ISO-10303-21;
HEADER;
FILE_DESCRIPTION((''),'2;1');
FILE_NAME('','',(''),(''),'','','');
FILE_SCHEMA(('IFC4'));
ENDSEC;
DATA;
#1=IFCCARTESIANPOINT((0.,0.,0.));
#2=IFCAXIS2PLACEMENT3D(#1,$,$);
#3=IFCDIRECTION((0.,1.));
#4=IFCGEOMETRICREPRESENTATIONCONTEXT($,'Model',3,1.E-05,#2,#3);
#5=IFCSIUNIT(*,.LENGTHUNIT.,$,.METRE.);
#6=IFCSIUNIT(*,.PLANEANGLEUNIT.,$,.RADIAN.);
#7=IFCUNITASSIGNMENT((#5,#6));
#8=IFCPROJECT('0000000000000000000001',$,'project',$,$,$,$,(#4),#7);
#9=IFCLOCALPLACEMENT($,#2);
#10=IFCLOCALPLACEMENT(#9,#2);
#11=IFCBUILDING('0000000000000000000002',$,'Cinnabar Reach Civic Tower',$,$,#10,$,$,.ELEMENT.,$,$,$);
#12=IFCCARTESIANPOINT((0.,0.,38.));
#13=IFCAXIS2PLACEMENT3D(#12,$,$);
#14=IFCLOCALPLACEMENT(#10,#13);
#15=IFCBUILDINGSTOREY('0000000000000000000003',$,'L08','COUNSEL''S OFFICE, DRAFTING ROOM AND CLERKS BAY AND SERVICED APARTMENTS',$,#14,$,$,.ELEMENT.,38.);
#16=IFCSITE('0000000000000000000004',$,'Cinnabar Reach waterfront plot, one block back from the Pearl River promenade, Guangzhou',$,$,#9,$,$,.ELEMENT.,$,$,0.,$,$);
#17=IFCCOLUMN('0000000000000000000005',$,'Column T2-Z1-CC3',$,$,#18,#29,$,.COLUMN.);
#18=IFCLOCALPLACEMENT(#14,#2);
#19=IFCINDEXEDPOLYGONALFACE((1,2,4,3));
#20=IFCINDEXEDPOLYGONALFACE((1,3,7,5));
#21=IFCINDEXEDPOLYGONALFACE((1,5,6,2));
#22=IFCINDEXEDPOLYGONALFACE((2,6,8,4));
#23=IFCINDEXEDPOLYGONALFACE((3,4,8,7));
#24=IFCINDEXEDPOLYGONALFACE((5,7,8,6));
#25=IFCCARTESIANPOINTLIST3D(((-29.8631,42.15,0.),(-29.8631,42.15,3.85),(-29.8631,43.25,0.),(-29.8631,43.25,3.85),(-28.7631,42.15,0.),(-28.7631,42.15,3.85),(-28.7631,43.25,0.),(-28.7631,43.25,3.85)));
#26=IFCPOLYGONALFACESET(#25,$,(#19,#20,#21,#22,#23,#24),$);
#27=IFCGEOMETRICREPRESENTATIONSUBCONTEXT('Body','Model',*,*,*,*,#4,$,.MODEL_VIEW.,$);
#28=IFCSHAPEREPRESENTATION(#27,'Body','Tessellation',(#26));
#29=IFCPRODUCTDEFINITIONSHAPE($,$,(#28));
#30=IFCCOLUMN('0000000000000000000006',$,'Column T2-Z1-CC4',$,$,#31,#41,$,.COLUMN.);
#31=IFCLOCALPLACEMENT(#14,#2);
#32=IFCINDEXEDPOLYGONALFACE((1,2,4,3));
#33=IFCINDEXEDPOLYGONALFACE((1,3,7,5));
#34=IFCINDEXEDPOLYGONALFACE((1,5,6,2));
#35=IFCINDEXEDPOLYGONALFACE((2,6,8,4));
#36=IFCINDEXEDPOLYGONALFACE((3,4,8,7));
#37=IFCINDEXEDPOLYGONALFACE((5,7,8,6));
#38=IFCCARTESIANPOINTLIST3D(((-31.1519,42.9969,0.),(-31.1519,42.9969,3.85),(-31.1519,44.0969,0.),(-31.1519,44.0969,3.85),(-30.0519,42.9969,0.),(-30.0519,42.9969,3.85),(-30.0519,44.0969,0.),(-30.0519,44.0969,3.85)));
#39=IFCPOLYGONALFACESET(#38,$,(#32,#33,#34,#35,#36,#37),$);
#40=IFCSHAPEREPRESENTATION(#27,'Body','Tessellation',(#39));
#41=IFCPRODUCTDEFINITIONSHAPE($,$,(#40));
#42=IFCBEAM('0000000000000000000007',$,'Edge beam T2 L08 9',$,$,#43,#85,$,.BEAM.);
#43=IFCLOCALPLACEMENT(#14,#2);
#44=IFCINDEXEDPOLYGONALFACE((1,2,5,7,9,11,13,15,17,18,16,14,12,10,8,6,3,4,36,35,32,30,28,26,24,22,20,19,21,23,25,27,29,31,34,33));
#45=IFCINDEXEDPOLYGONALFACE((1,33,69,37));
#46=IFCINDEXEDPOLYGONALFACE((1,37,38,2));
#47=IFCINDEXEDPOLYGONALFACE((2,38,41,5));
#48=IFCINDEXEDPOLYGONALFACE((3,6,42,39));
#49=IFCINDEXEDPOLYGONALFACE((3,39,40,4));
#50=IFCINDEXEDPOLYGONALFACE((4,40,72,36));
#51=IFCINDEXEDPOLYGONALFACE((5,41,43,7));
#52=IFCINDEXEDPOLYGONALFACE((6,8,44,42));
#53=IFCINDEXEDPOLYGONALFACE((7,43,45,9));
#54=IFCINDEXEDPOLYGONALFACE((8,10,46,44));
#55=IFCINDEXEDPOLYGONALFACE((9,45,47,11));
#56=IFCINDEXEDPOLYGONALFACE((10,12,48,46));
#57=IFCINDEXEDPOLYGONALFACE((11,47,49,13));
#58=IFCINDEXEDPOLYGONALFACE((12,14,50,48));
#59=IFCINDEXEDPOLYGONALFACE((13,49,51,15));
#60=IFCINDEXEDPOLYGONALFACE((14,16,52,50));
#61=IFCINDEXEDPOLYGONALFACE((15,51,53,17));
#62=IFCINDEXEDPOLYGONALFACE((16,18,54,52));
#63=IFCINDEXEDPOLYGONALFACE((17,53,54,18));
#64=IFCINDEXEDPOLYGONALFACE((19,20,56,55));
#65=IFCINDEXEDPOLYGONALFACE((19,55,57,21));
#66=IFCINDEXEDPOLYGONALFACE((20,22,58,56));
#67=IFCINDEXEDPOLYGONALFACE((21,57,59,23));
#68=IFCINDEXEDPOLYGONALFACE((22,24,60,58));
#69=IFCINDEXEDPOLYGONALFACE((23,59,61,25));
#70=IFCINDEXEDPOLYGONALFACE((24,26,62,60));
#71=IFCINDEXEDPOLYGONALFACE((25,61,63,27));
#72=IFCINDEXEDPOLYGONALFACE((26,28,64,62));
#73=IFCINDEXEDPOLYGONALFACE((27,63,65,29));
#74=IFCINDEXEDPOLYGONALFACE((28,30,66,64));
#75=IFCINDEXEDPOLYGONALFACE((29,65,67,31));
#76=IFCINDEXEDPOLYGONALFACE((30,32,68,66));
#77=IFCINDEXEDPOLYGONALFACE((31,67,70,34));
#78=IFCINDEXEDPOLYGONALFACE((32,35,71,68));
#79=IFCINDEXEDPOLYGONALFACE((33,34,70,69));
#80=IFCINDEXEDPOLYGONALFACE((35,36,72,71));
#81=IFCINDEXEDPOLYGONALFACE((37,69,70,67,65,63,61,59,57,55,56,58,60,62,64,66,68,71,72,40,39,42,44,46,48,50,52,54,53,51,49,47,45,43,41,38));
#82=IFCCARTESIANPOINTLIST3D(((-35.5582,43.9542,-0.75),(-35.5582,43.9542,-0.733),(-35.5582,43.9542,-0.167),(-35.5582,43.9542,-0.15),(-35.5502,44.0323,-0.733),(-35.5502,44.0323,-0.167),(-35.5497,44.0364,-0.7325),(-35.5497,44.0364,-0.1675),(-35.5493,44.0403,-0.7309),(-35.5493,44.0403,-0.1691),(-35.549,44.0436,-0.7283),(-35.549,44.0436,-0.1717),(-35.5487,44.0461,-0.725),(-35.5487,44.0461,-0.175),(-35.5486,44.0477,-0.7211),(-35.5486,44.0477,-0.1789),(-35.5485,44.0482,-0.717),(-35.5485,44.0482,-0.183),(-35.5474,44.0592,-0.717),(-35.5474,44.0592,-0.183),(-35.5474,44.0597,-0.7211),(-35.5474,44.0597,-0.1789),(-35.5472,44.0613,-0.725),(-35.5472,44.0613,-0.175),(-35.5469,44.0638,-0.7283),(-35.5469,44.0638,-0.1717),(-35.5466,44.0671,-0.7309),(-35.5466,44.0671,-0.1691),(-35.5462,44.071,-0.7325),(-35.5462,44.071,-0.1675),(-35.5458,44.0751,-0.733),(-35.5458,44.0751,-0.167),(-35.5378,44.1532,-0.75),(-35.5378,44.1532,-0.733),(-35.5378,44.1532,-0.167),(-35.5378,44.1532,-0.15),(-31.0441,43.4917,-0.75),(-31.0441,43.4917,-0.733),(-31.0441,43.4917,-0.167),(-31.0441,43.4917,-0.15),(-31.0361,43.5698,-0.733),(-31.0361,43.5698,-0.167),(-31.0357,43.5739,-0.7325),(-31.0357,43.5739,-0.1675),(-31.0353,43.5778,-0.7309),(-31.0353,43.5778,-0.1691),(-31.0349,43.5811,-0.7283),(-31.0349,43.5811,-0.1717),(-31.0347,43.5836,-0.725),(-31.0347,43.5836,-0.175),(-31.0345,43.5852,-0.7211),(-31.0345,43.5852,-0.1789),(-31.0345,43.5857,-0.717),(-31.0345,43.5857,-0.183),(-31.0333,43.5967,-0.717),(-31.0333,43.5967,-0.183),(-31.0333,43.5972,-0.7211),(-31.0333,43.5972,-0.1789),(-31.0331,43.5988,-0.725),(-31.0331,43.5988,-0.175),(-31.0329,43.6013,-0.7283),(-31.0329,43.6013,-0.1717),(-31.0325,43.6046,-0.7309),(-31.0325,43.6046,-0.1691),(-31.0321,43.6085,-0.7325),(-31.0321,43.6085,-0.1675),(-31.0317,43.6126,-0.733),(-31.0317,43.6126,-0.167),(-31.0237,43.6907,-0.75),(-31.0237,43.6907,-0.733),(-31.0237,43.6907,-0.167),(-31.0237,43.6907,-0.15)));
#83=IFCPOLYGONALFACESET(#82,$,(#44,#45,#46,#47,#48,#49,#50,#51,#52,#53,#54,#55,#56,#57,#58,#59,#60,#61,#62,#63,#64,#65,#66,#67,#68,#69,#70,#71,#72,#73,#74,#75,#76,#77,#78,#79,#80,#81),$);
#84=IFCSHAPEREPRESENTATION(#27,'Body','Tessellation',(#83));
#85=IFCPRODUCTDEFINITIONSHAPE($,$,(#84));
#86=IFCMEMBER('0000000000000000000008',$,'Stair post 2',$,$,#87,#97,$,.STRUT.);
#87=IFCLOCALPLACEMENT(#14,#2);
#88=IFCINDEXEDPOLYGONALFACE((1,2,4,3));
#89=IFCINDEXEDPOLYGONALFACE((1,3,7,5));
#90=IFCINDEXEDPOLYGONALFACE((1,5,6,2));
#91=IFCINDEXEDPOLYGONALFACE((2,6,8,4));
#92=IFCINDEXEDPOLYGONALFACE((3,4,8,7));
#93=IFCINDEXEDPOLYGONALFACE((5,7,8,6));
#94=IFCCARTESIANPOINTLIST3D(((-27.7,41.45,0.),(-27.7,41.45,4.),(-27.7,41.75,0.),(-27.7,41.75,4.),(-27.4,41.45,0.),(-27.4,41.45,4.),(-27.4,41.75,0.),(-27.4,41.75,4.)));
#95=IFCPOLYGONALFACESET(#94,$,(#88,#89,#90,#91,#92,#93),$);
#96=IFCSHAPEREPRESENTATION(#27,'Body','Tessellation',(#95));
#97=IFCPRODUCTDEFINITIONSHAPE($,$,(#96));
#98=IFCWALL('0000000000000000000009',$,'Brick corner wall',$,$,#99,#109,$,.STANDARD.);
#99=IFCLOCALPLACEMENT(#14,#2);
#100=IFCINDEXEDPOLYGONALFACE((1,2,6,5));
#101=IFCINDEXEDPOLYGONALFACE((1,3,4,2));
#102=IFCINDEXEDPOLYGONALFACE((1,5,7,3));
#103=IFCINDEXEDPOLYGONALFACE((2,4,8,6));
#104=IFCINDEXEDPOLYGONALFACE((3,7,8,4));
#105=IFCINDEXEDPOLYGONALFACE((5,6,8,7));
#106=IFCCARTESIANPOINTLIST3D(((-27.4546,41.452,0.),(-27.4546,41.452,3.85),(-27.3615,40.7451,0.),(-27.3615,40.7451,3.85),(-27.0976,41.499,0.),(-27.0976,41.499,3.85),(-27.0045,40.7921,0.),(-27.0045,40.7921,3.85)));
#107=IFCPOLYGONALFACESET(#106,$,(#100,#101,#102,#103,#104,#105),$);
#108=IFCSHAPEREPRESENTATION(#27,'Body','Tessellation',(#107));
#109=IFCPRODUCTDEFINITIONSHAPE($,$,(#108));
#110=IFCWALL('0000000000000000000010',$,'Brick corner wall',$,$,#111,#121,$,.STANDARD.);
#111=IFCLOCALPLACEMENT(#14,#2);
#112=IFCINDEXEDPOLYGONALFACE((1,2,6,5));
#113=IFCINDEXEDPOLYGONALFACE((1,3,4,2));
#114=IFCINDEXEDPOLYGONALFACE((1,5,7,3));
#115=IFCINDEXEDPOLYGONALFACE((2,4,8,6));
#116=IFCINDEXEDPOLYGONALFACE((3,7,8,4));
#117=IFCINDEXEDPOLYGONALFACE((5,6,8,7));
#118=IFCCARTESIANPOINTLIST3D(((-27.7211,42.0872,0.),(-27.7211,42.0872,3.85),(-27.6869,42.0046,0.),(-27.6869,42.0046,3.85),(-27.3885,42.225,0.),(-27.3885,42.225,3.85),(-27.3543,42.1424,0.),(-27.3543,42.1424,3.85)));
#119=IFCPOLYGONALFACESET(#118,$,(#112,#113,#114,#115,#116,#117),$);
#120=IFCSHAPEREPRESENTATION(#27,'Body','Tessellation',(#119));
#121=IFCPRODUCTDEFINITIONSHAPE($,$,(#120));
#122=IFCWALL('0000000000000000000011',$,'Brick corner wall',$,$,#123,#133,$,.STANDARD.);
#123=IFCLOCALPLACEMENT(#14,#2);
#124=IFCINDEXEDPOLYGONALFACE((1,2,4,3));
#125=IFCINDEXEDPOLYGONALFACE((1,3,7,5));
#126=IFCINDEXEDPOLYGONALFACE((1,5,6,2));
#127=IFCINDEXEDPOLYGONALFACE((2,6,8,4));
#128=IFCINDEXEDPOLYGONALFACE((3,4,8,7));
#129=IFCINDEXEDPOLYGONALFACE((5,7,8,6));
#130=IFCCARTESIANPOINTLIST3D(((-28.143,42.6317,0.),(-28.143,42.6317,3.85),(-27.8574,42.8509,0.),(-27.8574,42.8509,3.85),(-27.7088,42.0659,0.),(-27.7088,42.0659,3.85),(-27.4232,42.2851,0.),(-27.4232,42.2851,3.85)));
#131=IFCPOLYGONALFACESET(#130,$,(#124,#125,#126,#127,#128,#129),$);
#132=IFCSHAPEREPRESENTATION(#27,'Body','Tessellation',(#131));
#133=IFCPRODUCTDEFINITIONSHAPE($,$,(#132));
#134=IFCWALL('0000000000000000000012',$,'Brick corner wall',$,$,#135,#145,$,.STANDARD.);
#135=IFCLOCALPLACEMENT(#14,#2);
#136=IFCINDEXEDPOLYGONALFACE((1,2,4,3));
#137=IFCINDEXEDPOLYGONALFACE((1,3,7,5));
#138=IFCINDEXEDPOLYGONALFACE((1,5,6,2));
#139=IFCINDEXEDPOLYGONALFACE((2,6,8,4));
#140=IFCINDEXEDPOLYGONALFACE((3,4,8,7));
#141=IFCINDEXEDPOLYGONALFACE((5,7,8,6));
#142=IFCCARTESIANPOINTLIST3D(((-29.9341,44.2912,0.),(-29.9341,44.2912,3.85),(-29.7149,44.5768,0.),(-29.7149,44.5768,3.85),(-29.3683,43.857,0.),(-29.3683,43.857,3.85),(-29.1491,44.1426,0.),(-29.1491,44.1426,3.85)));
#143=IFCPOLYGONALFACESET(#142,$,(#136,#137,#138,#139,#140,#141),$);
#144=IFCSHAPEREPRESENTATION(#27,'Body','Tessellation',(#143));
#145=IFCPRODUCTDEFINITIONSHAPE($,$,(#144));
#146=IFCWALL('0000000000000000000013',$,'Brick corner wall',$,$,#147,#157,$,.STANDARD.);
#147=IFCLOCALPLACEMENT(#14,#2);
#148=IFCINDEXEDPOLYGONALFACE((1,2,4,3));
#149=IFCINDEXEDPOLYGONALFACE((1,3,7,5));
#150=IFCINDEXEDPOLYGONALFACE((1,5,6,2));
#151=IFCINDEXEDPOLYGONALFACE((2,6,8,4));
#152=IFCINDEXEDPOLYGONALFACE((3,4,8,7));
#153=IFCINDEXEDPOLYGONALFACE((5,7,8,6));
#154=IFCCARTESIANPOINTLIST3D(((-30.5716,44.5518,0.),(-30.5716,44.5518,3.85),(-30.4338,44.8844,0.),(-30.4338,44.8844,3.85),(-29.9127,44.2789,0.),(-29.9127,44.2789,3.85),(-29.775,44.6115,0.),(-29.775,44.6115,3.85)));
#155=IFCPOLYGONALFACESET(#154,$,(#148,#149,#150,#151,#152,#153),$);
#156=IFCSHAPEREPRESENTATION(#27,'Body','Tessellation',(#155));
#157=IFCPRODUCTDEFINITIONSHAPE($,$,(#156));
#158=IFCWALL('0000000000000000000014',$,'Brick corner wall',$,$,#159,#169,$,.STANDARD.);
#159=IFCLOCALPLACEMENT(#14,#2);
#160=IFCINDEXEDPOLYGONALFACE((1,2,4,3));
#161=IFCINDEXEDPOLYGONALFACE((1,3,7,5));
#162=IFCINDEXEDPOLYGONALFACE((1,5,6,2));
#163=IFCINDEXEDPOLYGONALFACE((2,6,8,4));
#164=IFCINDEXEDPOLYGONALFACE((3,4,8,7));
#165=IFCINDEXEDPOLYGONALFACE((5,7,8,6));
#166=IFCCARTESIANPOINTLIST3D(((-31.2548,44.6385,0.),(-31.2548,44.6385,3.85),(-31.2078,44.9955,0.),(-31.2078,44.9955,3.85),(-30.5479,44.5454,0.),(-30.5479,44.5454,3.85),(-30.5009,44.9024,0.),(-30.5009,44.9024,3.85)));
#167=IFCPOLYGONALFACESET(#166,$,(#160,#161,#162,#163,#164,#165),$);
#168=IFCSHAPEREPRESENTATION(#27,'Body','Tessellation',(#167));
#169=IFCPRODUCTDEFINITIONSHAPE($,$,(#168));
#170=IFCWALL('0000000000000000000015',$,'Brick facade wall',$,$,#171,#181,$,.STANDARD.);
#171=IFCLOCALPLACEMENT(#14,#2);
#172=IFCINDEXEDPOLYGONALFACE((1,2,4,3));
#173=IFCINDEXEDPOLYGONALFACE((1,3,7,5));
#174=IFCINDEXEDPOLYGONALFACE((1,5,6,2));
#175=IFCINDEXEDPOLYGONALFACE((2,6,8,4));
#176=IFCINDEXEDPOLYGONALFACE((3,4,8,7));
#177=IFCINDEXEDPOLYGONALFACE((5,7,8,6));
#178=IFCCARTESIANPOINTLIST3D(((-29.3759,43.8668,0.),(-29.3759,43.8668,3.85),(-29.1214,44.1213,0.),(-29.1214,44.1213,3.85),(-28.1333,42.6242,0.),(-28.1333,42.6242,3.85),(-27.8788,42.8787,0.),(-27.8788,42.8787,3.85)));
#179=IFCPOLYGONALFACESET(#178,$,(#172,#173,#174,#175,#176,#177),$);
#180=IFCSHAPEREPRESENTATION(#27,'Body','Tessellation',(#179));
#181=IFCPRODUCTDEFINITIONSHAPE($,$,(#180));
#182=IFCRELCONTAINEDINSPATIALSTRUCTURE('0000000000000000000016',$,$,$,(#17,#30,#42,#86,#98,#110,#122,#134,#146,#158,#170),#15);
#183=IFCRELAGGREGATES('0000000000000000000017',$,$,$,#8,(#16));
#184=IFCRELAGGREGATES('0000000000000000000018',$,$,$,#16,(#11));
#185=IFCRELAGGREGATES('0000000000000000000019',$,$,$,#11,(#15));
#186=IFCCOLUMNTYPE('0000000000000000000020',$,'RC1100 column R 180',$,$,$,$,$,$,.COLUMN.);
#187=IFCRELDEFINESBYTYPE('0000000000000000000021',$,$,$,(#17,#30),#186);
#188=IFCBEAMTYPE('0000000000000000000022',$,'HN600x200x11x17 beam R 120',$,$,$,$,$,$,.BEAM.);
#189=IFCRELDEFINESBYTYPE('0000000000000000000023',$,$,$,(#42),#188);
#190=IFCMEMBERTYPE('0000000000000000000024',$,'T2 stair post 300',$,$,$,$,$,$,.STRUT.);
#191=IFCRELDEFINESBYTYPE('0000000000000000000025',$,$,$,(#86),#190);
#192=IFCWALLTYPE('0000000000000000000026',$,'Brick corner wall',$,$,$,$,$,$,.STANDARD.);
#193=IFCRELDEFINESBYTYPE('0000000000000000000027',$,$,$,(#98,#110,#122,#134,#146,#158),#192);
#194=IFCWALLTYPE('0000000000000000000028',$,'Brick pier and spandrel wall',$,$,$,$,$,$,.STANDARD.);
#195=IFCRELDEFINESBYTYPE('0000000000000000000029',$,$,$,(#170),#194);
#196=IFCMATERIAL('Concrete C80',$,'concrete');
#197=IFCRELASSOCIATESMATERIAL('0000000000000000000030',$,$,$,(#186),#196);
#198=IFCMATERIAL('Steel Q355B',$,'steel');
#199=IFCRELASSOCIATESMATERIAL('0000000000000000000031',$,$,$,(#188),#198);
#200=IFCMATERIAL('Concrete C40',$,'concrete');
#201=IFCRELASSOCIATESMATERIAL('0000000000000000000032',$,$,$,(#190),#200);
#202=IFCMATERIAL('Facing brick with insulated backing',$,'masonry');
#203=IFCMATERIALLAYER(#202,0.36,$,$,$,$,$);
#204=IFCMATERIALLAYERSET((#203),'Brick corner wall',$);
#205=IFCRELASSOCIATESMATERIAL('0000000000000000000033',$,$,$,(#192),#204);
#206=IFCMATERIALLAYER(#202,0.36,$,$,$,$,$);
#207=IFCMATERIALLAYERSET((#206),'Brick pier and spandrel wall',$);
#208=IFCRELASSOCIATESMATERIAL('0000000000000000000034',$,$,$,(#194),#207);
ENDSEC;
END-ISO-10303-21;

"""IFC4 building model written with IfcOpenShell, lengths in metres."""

from ifc_helpers import new_model, si_unit, direction, frame, frame_2d, origin, origin_2d, place, context, subcontext, project, spatial, rectangle, i_section, extrude, material, layer, layer_set, material_profile, profile_set, type_object, element, save


model = new_model("IFC4")

# Units and contexts
model_context = context("Model", 3, precision=1e-05, world=origin(), true_north=direction((0.0, 1.0)))
body_context = subcontext(model_context, "Body", "Model", "MODEL_VIEW")
ifc_project = project(units=[si_unit("LENGTHUNIT", "METRE"), si_unit("PLANEANGLEUNIT", "RADIAN")], contexts=[model_context])

# Site, building, storey
site_placement = place(None, origin())
site = spatial("IfcSite", under=ifc_project, at=site_placement, Name="Cinnabar Reach waterfront plot, one block back from the Pearl River promenade, Guangzhou", CompositionType="ELEMENT", RefElevation=0.0)
building_placement = place(site_placement, origin())
building = spatial("IfcBuilding", under=site, at=building_placement, Name="Cinnabar Reach Civic Tower", CompositionType="ELEMENT")
storey_placement = place(building_placement, frame((0.0, 0.0, 38.0)))
storey = spatial("IfcBuildingStorey", under=building, at=storey_placement, Name="L08", Description="COUNSEL'S OFFICE, DRAFTING ROOM AND CLERKS BAY AND SERVICED APARTMENTS", CompositionType="ELEMENT", Elevation=38.0)

# Columns
ifc_material_1 = material(Name="Concrete C80", Category="concrete")
ifc_material_profile_1 = material_profile(ifc_material_1, rectangle(XDim=1.1, YDim=1.1, at=origin_2d()), Name="RC1100")
ifc_profile_set_1 = profile_set([ifc_material_profile_1], Name="Concrete C80")
column_type = type_object("IfcColumnType", Name="RC1100 column R 180", PredefinedType="COLUMN", material=ifc_profile_set_1)
for number, where, z_axis, x_axis, name in (
    (1, (-29.3131, 42.7, 0.0), (0.0, 0.0, 1.0), (1.0, 0.0, 0.0), "Column T2-Z1-CC3"),
    (2, (-30.6019, 43.5469, 0.0), (0.0, 0.0, 1.0), (1.0, 0.0, 0.0), "Column T2-Z1-CC4"),
):
    element("IfcColumn", number, at=place(storey_placement, frame(where, z_axis=z_axis, x_axis=x_axis)), inside=storey, type_object=column_type, Name=name, PredefinedType="COLUMN", context=body_context, shape_type="SweptSolid", body=[
        extrude(rectangle(XDim=1.1, YDim=1.1, at=origin_2d()), origin(), (0.0, 0.0, 1.0), 3.85),
    ])

# Beam
ifc_material_2 = material(Name="Steel Q355B", Category="steel")
ifc_material_profile_2 = material_profile(ifc_material_2, i_section(OverallWidth=0.2, OverallDepth=0.6, WebThickness=0.011, FlangeThickness=0.017, FilletRadius=0.016, at=origin_2d()), Name="HN600x200x11x17")
ifc_profile_set_2 = profile_set([ifc_material_profile_2], Name="Steel Q355B")
beam_type = type_object("IfcBeamType", Name="HN600x200x11x17 beam R 120", PredefinedType="BEAM", material=ifc_profile_set_2)
beam_placement = place(storey_placement, frame((-31.0339, 43.5912, -0.45), z_axis=(-0.994792, 0.101923, 0.0), x_axis=(-0.101923, -0.994792, 0.0)))
element("IfcBeam", 3, at=beam_placement, inside=storey, type_object=beam_type, Name="Edge beam T2 L08 9", PredefinedType="BEAM", context=body_context, shape_type="SweptSolid", body=[
    extrude(i_section(OverallWidth=0.2, OverallDepth=0.6, WebThickness=0.011, FlangeThickness=0.017, FilletRadius=0.016, at=origin_2d()), origin(), (0.0, 0.0, 1.0), 4.5377),
])

# Member
ifc_material_3 = material(Name="Concrete C40", Category="concrete")
ifc_material_profile_3 = material_profile(ifc_material_3, rectangle(XDim=0.3, YDim=0.3, at=origin_2d()), Name="C300")
ifc_profile_set_3 = profile_set([ifc_material_profile_3], Name="Concrete C40")
member_type = type_object("IfcMemberType", Name="T2 stair post 300", PredefinedType="STRUT", material=ifc_profile_set_3)
member_placement = place(storey_placement, frame((-27.55, 41.6, 0.0), z_axis=(0.0, 0.0, 1.0), x_axis=(1.0, 0.0, 0.0)))
element("IfcMember", 4, at=member_placement, inside=storey, type_object=member_type, Name="Stair post 2", PredefinedType="STRUT", context=body_context, shape_type="SweptSolid", body=[
    extrude(rectangle(XDim=0.3, YDim=0.3, at=origin_2d()), origin(), (0.0, 0.0, 1.0), 4.0),
])

# Walls
ifc_material_4 = material(Name="Facing brick with insulated backing", Category="masonry")
ifc_layer_1 = layer(ifc_material_4, 0.36)
ifc_layer_set_1 = layer_set([ifc_layer_1], Name="Brick corner wall")
wall_type_1 = type_object("IfcWallType", Name="Brick corner wall", PredefinedType="STANDARD", material=ifc_layer_set_1)
wall_1_placement = place(storey_placement, frame((-27.183, 40.7686, 0.0), z_axis=(0.0, 0.0, 1.0), x_axis=(-0.130556, 0.991441, 0.0)))
element("IfcWall", 5, at=wall_1_placement, inside=storey, type_object=wall_type_1, Name="Brick corner wall", PredefinedType="STANDARD", context=body_context, shape_type="SweptSolid", body=[
    extrude(rectangle(XDim=0.7131, YDim=0.36, at=frame_2d((0.3565, 0.0))), origin(), (0.0, 0.0, 1.0), 3.85),
])
wall_2_placement = place(storey_placement, frame((-27.5206, 42.0735, 0.0), z_axis=(0.0, 0.0, 1.0), x_axis=(-0.382549, 0.923935, 0.0)))
element("IfcWall", 6, at=wall_2_placement, inside=storey, type_object=wall_type_1, Name="Brick corner wall", PredefinedType="STANDARD", context=body_context, shape_type="SweptSolid", body=[
    extrude(rectangle(XDim=0.0894, YDim=0.36, at=frame_2d((0.0447, 0.0))), origin(), (0.0, 0.0, 1.0), 3.85),
])
for number, where, z_axis, x_axis, name in (
    (7, (-27.566, 42.1755, 0.0), (0.0, 0.0, 1.0), (-0.608802, 0.793322, 0.0), "Brick corner wall"),
    (8, (-29.2587, 43.9998, 0.0), (0.0, 0.0, 1.0), (-0.793322, 0.608802, 0.0), "Brick corner wall"),
):
    element("IfcWall", number, at=place(storey_placement, frame(where, z_axis=z_axis, x_axis=x_axis)), inside=storey, type_object=wall_type_1, Name=name, PredefinedType="STANDARD", context=body_context, shape_type="SweptSolid", body=[
        extrude(rectangle(XDim=0.7132, YDim=0.36, at=frame_2d((0.3566, 0.0))), origin(), (0.0, 0.0, 1.0), 3.85),
    ])
for number, where, z_axis, x_axis, name in (
    (9, (-29.8439, 44.4452, 0.0), (0.0, 0.0, 1.0), (-0.923872, 0.382703, 0.0), "Brick corner wall"),
    (10, (-30.5244, 44.7239, 0.0), (0.0, 0.0, 1.0), (-0.991441, 0.130556, 0.0), "Brick corner wall"),
):
    element("IfcWall", number, at=place(storey_placement, frame(where, z_axis=z_axis, x_axis=x_axis)), inside=storey, type_object=wall_type_1, Name=name, PredefinedType="STANDARD", context=body_context, shape_type="SweptSolid", body=[
        extrude(rectangle(XDim=0.7131, YDim=0.36, at=frame_2d((0.3565, 0.0))), origin(), (0.0, 0.0, 1.0), 3.85),
    ])
ifc_layer_2 = layer(ifc_material_4, 0.36)
ifc_layer_set_2 = layer_set([ifc_layer_2], Name="Brick pier and spandrel wall")
wall_type_2 = type_object("IfcWallType", Name="Brick pier and spandrel wall", PredefinedType="STANDARD", material=ifc_layer_set_2)
wall_3_placement = place(storey_placement, frame((-28.006, 42.7514, 0.0), z_axis=(0.0, 0.0, 1.0), x_axis=(-0.707107, 0.707107, 0.0)))
element("IfcWall", 11, at=wall_3_placement, inside=storey, type_object=wall_type_2, Name="Brick facade wall", PredefinedType="STANDARD", context=body_context, shape_type="SweptSolid", body=[
    extrude(rectangle(XDim=1.7573, YDim=0.36, at=frame_2d((0.8787, 0.0))), origin(), (0.0, 0.0, 1.0), 3.85),
])

save(model, "model.ifc")
